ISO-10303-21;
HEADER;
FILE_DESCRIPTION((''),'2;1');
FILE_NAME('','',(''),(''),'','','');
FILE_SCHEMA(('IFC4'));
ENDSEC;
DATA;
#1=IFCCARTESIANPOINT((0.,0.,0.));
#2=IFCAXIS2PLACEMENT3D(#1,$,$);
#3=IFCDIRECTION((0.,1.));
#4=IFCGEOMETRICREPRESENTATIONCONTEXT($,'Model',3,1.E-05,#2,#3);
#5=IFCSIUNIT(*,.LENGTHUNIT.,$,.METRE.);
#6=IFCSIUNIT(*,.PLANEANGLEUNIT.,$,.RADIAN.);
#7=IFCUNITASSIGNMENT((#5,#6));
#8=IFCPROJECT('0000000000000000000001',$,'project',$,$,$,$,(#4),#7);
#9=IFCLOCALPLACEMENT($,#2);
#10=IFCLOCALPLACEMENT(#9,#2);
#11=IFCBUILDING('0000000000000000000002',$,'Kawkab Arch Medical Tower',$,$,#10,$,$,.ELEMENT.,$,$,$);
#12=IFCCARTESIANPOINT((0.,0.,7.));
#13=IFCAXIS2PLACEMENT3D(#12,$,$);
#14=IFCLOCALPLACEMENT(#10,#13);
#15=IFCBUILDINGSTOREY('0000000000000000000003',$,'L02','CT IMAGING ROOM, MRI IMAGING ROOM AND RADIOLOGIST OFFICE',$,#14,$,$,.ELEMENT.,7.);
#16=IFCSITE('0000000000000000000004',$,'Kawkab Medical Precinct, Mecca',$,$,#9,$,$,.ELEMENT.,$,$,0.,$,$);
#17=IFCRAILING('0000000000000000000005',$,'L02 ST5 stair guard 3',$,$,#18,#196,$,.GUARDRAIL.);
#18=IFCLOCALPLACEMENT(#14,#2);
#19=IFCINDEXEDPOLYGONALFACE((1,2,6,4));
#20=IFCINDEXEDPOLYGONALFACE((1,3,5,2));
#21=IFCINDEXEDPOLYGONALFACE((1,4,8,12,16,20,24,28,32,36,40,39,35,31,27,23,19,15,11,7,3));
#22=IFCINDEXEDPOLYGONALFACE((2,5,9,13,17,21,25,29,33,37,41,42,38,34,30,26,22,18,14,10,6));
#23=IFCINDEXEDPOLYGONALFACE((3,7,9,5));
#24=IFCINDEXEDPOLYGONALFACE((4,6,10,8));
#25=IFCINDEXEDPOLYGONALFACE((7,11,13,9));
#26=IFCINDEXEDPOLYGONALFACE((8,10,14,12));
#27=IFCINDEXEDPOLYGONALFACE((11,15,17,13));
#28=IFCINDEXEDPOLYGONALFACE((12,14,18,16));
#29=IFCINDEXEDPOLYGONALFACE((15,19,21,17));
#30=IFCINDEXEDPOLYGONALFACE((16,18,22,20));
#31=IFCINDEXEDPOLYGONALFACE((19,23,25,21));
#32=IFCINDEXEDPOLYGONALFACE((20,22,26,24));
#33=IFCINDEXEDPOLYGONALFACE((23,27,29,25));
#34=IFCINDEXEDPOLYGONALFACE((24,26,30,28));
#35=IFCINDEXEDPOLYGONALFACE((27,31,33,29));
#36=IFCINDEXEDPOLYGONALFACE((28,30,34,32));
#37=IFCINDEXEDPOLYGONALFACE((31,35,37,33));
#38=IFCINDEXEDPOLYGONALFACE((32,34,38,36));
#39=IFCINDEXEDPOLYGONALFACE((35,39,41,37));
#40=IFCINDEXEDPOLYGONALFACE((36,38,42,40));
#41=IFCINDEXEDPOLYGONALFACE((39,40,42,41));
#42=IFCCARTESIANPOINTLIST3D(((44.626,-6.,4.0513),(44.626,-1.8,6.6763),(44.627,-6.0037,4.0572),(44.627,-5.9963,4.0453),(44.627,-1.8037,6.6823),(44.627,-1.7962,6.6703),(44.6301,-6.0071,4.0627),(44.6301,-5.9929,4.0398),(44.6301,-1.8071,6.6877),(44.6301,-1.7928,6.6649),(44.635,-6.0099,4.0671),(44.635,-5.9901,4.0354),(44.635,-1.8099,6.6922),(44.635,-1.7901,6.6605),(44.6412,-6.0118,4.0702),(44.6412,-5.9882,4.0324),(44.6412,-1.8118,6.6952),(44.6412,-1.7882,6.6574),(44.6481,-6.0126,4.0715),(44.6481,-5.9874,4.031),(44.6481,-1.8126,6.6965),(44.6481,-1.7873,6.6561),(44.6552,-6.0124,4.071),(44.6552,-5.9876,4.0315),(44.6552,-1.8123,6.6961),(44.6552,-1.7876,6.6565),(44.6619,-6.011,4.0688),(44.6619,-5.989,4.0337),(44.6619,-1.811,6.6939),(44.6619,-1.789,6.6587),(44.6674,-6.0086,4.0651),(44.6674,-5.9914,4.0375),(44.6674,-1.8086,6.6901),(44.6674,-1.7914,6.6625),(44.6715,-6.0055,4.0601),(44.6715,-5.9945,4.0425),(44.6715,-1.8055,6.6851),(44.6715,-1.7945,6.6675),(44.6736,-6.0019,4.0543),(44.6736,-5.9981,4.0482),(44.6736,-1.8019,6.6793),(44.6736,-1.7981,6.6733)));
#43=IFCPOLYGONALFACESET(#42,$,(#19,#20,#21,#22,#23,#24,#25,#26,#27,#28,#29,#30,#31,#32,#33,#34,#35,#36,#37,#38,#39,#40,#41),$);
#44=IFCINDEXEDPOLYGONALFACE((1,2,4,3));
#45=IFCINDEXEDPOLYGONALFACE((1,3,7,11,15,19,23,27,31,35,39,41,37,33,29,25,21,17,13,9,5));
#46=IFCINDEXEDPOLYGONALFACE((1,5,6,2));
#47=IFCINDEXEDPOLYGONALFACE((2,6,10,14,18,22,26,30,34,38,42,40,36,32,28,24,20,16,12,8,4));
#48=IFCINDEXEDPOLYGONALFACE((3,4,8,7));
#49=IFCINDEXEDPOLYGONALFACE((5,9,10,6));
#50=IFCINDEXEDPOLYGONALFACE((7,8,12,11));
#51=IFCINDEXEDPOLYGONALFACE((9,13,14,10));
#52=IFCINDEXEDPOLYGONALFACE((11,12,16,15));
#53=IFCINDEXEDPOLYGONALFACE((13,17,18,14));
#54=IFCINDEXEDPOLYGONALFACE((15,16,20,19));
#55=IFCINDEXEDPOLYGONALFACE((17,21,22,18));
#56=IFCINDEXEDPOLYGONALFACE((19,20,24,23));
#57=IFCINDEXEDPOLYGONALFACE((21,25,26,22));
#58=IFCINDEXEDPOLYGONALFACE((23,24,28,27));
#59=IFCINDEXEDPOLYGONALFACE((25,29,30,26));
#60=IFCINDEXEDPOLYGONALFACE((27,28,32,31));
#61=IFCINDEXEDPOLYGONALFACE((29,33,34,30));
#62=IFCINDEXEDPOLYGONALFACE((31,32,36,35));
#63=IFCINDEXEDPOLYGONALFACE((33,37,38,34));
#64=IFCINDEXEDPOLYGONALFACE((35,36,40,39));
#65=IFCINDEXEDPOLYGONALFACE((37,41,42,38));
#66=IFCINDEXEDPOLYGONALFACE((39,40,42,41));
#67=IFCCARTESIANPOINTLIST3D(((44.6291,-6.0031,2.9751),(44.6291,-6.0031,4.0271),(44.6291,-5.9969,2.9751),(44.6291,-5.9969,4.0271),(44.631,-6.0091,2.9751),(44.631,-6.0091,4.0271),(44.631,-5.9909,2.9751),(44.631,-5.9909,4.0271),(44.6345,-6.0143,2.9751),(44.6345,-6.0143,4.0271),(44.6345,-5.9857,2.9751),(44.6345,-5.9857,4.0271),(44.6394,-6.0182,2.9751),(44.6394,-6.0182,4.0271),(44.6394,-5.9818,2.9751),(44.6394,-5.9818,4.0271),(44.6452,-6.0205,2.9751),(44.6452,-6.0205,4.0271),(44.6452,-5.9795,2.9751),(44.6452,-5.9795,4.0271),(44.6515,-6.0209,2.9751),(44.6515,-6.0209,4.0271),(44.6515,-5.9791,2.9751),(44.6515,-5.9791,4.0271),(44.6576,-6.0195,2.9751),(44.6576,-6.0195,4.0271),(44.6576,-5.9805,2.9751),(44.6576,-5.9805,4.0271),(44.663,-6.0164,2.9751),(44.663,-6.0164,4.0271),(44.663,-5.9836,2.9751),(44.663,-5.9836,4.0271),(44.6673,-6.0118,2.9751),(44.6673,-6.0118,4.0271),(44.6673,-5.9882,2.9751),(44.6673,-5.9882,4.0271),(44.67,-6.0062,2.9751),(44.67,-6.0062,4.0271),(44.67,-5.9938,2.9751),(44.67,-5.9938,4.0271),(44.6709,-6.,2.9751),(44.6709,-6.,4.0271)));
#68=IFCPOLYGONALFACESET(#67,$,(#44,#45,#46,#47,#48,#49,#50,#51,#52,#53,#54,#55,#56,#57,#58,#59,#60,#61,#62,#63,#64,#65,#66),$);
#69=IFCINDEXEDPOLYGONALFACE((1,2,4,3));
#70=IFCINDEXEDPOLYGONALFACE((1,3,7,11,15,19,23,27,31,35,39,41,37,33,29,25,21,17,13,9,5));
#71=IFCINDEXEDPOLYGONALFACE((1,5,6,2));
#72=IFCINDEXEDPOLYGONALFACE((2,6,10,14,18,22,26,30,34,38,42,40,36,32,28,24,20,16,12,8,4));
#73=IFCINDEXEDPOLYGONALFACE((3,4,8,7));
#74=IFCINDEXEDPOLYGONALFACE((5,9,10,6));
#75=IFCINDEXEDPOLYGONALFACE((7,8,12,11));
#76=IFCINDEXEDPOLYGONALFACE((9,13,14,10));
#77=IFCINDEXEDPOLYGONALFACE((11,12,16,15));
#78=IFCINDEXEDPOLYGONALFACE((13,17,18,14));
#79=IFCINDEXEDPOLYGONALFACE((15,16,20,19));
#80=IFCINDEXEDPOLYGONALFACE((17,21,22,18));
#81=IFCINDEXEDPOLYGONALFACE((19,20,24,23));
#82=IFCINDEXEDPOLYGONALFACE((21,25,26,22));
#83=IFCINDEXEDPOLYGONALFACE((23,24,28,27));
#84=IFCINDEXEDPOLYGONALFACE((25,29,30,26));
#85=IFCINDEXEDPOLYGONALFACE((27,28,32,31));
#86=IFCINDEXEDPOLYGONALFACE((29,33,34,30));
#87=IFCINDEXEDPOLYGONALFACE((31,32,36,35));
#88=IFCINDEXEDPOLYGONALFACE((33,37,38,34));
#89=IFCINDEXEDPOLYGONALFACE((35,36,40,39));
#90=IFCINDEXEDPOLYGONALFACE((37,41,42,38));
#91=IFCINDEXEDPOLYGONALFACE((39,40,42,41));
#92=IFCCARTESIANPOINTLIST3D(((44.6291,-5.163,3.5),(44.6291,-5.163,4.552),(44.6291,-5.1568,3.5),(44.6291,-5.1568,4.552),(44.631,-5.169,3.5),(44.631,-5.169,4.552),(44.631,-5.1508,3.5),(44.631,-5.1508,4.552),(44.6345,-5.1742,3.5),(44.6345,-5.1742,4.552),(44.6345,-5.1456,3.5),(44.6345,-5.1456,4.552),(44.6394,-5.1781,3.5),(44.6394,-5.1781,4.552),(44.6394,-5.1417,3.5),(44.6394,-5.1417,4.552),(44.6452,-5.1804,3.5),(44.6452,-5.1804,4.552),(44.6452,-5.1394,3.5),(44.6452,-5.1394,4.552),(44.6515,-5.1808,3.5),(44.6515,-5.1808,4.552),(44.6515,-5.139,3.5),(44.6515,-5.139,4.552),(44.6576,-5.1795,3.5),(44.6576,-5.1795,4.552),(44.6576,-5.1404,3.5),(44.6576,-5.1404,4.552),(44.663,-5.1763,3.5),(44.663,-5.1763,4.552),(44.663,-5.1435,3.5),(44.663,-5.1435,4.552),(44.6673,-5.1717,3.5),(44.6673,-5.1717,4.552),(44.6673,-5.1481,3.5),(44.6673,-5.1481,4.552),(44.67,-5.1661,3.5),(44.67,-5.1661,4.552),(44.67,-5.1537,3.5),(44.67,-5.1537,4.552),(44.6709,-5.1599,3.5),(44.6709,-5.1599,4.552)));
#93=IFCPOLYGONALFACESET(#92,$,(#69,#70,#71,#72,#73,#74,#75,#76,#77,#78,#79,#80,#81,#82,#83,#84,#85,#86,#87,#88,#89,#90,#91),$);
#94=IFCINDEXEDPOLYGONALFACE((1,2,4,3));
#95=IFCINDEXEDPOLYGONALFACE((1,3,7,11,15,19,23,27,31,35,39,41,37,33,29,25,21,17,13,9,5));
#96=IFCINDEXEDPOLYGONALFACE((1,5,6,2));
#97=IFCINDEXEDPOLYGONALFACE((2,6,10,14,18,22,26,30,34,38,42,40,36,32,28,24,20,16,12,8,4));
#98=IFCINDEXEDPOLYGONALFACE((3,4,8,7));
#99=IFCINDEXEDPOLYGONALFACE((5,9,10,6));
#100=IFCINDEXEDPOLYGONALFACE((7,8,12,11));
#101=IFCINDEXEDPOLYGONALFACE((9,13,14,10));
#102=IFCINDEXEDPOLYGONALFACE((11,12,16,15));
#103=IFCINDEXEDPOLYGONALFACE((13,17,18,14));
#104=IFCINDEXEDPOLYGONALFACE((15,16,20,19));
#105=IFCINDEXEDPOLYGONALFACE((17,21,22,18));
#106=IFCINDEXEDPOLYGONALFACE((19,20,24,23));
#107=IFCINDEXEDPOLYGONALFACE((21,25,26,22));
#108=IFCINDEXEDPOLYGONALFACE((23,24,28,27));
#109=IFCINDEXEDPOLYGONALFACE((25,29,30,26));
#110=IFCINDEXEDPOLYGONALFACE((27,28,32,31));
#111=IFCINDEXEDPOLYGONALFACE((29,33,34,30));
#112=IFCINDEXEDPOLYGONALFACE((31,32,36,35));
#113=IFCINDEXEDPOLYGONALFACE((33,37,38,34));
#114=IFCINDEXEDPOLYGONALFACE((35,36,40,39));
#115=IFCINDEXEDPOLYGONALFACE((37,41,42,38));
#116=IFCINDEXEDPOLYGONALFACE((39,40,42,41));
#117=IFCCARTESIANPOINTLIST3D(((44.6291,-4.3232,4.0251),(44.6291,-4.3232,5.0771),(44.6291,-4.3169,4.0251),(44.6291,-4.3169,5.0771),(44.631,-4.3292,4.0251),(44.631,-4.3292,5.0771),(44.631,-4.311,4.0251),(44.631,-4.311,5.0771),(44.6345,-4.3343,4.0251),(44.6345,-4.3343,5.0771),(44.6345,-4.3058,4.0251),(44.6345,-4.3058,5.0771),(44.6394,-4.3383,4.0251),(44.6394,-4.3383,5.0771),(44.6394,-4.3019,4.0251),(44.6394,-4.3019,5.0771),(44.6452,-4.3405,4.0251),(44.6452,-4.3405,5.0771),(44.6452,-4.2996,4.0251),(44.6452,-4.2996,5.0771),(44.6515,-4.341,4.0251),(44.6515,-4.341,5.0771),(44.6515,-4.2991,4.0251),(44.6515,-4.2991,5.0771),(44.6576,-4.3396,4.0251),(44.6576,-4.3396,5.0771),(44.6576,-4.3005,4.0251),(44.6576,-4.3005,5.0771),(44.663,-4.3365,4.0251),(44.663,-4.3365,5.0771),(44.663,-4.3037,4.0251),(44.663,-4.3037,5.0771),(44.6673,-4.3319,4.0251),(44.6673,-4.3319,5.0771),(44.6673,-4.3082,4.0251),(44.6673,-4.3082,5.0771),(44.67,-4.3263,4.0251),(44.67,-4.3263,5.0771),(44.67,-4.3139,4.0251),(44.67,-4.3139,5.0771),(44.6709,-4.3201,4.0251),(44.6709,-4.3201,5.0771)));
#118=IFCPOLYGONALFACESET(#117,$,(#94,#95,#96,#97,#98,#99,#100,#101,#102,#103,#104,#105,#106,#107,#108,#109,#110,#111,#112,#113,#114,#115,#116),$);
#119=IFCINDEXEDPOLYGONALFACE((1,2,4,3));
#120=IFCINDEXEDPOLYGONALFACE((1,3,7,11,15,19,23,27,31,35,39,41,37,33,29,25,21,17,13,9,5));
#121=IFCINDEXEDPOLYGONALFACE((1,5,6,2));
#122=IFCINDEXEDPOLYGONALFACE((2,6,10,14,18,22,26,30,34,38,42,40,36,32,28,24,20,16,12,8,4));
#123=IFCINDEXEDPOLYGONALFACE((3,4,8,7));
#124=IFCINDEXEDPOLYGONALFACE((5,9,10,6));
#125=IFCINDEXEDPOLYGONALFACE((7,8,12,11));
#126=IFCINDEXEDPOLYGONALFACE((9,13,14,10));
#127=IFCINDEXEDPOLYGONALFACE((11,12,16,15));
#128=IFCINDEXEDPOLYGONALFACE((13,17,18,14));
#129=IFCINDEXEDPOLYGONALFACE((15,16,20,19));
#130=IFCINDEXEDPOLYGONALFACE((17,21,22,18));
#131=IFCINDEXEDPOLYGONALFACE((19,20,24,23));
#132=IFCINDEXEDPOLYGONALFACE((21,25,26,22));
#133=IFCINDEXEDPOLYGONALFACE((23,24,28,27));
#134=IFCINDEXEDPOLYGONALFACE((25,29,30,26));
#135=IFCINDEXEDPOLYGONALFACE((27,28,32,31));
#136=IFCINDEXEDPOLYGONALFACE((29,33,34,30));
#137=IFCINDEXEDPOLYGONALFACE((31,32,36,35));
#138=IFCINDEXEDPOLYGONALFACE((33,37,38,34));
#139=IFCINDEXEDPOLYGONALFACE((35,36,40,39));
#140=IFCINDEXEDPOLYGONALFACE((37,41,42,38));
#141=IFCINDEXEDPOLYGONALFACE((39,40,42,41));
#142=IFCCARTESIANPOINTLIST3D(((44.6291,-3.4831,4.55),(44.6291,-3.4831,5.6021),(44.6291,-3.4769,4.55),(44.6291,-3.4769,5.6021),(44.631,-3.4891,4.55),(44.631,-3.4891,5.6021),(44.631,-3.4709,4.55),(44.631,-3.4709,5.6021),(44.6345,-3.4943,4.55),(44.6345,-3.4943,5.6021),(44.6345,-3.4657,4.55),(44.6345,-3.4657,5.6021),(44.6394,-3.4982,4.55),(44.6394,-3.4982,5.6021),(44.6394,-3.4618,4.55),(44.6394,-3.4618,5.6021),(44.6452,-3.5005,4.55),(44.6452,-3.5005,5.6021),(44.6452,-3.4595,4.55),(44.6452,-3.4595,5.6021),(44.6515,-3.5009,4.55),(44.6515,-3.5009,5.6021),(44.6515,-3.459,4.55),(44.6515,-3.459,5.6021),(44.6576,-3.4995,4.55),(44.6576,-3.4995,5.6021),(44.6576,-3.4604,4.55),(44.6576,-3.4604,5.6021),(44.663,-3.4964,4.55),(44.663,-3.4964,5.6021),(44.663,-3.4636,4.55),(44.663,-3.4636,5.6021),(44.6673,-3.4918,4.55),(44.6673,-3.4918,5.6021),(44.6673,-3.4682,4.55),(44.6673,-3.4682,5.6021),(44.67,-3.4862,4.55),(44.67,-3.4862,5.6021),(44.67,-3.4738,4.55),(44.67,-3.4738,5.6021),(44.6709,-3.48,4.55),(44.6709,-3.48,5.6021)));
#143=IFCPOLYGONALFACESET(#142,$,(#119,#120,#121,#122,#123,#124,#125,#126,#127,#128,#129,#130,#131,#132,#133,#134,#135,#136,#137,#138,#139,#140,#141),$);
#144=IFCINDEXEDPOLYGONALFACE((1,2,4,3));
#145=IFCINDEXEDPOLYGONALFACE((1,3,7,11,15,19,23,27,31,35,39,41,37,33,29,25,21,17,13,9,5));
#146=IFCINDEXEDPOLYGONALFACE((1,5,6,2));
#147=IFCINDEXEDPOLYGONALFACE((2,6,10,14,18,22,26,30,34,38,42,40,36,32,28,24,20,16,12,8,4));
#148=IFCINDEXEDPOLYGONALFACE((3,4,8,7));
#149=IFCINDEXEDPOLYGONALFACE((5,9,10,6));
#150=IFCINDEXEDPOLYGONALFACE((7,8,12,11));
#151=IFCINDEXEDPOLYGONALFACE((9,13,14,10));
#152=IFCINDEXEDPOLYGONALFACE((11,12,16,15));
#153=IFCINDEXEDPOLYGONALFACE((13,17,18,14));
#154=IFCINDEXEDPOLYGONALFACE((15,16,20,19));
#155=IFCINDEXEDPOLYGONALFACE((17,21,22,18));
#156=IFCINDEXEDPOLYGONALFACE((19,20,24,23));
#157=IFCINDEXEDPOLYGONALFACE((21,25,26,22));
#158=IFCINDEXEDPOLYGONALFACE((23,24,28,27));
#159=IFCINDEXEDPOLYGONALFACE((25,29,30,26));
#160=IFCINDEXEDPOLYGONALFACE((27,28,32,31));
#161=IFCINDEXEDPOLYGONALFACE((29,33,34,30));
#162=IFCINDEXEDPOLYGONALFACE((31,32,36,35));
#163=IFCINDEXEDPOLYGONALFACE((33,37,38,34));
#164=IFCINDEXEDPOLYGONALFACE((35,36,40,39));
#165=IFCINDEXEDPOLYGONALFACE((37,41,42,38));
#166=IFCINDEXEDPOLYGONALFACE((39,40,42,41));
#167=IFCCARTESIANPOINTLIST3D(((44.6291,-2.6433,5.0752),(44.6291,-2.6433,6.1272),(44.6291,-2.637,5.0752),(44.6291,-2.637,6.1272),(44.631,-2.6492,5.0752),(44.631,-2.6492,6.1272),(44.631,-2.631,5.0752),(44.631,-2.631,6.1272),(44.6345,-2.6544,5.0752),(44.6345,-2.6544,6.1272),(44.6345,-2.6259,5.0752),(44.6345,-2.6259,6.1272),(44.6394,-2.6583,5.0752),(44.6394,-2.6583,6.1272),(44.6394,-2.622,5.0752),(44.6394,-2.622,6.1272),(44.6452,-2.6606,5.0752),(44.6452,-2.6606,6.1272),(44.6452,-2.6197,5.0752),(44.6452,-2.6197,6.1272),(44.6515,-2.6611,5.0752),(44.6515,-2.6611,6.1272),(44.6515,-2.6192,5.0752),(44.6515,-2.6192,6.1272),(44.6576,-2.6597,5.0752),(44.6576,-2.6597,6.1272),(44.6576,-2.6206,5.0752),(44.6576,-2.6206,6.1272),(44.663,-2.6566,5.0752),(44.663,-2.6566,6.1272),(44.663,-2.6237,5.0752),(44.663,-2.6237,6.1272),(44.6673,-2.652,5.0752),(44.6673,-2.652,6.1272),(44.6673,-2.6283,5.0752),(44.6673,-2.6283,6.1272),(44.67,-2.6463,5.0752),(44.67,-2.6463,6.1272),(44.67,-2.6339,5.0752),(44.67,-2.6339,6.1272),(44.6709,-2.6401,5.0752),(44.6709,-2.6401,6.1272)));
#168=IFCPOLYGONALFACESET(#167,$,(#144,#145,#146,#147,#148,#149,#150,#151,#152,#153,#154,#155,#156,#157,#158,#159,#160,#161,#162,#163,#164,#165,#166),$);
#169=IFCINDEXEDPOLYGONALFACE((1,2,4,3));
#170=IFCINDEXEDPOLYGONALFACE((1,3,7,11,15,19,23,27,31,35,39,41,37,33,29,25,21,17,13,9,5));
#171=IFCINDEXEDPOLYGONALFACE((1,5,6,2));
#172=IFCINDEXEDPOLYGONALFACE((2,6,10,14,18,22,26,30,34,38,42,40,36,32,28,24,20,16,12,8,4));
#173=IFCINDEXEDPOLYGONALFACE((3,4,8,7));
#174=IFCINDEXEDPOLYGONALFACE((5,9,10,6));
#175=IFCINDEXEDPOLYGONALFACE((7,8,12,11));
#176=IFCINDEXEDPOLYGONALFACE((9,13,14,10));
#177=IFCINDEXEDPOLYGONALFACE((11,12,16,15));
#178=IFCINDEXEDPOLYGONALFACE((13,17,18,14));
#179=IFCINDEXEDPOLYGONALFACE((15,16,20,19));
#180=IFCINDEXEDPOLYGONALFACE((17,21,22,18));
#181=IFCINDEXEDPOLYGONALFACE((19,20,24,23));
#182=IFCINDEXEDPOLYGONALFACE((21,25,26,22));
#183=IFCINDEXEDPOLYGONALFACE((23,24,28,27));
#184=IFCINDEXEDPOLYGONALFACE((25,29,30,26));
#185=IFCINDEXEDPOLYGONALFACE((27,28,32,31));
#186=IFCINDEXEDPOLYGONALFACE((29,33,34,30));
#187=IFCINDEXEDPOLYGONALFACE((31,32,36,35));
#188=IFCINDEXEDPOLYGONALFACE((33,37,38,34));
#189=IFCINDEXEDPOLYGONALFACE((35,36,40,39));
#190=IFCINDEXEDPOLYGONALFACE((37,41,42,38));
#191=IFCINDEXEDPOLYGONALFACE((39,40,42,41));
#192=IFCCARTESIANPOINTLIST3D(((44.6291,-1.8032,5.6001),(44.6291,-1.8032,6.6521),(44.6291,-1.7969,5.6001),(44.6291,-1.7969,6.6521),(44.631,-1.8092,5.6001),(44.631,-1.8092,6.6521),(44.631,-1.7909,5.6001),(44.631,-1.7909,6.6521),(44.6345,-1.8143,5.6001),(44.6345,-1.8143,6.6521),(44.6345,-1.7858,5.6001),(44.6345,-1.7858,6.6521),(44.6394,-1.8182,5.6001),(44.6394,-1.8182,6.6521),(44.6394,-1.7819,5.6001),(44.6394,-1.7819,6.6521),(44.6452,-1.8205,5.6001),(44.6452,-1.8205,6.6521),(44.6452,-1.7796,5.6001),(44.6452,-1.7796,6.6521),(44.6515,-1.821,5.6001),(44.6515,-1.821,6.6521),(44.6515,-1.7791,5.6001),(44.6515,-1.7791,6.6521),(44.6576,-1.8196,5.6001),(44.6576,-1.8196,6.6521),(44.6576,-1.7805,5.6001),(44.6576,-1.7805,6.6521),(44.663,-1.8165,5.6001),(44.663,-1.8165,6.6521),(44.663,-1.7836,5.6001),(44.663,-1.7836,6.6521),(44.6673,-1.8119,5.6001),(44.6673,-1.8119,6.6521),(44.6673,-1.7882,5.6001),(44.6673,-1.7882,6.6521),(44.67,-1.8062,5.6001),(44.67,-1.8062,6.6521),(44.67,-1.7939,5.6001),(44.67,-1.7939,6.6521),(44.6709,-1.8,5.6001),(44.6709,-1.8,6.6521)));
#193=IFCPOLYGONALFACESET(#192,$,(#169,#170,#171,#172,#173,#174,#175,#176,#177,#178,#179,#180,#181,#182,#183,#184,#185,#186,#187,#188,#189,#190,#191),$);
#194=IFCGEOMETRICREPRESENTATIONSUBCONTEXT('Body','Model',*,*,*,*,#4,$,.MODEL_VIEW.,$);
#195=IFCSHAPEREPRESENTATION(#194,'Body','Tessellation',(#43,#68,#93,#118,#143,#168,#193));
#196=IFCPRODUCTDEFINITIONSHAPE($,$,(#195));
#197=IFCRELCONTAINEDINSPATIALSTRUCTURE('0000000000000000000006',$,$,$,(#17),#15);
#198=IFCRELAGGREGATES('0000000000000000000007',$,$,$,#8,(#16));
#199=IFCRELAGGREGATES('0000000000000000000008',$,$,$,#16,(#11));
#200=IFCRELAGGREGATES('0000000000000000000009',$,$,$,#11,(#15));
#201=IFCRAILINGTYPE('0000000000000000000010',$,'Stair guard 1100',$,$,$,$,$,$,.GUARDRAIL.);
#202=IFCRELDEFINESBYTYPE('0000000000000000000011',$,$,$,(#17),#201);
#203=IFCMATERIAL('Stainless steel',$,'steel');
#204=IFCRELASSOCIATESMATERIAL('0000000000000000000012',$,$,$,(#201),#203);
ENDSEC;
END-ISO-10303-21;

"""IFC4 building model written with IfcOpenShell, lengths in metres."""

from ifc_helpers import new_model, si_unit, direction, frame, origin, origin_2d, place, context, subcontext, project, spatial, circle, extrude, material, type_object, element, save


model = new_model("IFC4")

# Units and contexts
model_context = context("Model", 3, precision=1e-05, world=origin(), true_north=direction((0.0, 1.0)))
body_context = subcontext(model_context, "Body", "Model", "MODEL_VIEW")
ifc_project = project(units=[si_unit("LENGTHUNIT", "METRE"), si_unit("PLANEANGLEUNIT", "RADIAN")], contexts=[model_context])

# Site, building, storey
site_placement = place(None, origin())
site = spatial("IfcSite", under=ifc_project, at=site_placement, Name="Kawkab Medical Precinct, Mecca", CompositionType="ELEMENT", RefElevation=0.0)
building_placement = place(site_placement, origin())
building = spatial("IfcBuilding", under=site, at=building_placement, Name="Kawkab Arch Medical Tower", CompositionType="ELEMENT")
storey_placement = place(building_placement, frame((0.0, 0.0, 7.0)))
storey = spatial("IfcBuildingStorey", under=building, at=storey_placement, Name="L02", Description="CT IMAGING ROOM, MRI IMAGING ROOM AND RADIOLOGIST OFFICE", CompositionType="ELEMENT", Elevation=7.0)

# Railing
ifc_material_1 = material(Name="Stainless steel", Category="steel")
railing_type = type_object("IfcRailingType", Name="Stair guard 1100", PredefinedType="GUARDRAIL", material=ifc_material_1)
railing_1_placement = place(storey_placement, frame((44.6499, -6.0, 2.9751)))
element("IfcRailing", 1, at=railing_1_placement, inside=storey, type_object=railing_type, Name="L02 ST5 stair guard 3", PredefinedType="GUARDRAIL", context=body_context, shape_type="SweptSolid", body=[
    extrude(circle(Radius=0.0239, at=origin_2d()), frame((0.0, 0.0, 1.0762), z_axis=(0.0, 0.847996, 0.530003), x_axis=(-1.0, 0.0, 0.0)), (0.0, 0.0, 1.0), 4.9529),
    extrude(circle(Radius=0.021, at=origin_2d()), origin(), (0.0, 0.0, 1.0), 1.052),
    extrude(circle(Radius=0.021, at=origin_2d()), frame((0.0, 0.8401, 0.5249)), (0.0, 0.0, 1.0), 1.052),
    extrude(circle(Radius=0.021, at=origin_2d()), frame((0.0, 1.6799, 1.05)), (0.0, 0.0, 1.0), 1.052),
    extrude(circle(Radius=0.021, at=origin_2d()), frame((0.0, 2.52, 1.575)), (0.0, 0.0, 1.0), 1.052),
    extrude(circle(Radius=0.021, at=origin_2d()), frame((0.0, 3.3599, 2.1001)), (0.0, 0.0, 1.0), 1.052),
    extrude(circle(Radius=0.021, at=origin_2d()), frame((0.0, 4.2, 2.625)), (0.0, 0.0, 1.0), 1.052),
])

save(model, "model.ifc")
